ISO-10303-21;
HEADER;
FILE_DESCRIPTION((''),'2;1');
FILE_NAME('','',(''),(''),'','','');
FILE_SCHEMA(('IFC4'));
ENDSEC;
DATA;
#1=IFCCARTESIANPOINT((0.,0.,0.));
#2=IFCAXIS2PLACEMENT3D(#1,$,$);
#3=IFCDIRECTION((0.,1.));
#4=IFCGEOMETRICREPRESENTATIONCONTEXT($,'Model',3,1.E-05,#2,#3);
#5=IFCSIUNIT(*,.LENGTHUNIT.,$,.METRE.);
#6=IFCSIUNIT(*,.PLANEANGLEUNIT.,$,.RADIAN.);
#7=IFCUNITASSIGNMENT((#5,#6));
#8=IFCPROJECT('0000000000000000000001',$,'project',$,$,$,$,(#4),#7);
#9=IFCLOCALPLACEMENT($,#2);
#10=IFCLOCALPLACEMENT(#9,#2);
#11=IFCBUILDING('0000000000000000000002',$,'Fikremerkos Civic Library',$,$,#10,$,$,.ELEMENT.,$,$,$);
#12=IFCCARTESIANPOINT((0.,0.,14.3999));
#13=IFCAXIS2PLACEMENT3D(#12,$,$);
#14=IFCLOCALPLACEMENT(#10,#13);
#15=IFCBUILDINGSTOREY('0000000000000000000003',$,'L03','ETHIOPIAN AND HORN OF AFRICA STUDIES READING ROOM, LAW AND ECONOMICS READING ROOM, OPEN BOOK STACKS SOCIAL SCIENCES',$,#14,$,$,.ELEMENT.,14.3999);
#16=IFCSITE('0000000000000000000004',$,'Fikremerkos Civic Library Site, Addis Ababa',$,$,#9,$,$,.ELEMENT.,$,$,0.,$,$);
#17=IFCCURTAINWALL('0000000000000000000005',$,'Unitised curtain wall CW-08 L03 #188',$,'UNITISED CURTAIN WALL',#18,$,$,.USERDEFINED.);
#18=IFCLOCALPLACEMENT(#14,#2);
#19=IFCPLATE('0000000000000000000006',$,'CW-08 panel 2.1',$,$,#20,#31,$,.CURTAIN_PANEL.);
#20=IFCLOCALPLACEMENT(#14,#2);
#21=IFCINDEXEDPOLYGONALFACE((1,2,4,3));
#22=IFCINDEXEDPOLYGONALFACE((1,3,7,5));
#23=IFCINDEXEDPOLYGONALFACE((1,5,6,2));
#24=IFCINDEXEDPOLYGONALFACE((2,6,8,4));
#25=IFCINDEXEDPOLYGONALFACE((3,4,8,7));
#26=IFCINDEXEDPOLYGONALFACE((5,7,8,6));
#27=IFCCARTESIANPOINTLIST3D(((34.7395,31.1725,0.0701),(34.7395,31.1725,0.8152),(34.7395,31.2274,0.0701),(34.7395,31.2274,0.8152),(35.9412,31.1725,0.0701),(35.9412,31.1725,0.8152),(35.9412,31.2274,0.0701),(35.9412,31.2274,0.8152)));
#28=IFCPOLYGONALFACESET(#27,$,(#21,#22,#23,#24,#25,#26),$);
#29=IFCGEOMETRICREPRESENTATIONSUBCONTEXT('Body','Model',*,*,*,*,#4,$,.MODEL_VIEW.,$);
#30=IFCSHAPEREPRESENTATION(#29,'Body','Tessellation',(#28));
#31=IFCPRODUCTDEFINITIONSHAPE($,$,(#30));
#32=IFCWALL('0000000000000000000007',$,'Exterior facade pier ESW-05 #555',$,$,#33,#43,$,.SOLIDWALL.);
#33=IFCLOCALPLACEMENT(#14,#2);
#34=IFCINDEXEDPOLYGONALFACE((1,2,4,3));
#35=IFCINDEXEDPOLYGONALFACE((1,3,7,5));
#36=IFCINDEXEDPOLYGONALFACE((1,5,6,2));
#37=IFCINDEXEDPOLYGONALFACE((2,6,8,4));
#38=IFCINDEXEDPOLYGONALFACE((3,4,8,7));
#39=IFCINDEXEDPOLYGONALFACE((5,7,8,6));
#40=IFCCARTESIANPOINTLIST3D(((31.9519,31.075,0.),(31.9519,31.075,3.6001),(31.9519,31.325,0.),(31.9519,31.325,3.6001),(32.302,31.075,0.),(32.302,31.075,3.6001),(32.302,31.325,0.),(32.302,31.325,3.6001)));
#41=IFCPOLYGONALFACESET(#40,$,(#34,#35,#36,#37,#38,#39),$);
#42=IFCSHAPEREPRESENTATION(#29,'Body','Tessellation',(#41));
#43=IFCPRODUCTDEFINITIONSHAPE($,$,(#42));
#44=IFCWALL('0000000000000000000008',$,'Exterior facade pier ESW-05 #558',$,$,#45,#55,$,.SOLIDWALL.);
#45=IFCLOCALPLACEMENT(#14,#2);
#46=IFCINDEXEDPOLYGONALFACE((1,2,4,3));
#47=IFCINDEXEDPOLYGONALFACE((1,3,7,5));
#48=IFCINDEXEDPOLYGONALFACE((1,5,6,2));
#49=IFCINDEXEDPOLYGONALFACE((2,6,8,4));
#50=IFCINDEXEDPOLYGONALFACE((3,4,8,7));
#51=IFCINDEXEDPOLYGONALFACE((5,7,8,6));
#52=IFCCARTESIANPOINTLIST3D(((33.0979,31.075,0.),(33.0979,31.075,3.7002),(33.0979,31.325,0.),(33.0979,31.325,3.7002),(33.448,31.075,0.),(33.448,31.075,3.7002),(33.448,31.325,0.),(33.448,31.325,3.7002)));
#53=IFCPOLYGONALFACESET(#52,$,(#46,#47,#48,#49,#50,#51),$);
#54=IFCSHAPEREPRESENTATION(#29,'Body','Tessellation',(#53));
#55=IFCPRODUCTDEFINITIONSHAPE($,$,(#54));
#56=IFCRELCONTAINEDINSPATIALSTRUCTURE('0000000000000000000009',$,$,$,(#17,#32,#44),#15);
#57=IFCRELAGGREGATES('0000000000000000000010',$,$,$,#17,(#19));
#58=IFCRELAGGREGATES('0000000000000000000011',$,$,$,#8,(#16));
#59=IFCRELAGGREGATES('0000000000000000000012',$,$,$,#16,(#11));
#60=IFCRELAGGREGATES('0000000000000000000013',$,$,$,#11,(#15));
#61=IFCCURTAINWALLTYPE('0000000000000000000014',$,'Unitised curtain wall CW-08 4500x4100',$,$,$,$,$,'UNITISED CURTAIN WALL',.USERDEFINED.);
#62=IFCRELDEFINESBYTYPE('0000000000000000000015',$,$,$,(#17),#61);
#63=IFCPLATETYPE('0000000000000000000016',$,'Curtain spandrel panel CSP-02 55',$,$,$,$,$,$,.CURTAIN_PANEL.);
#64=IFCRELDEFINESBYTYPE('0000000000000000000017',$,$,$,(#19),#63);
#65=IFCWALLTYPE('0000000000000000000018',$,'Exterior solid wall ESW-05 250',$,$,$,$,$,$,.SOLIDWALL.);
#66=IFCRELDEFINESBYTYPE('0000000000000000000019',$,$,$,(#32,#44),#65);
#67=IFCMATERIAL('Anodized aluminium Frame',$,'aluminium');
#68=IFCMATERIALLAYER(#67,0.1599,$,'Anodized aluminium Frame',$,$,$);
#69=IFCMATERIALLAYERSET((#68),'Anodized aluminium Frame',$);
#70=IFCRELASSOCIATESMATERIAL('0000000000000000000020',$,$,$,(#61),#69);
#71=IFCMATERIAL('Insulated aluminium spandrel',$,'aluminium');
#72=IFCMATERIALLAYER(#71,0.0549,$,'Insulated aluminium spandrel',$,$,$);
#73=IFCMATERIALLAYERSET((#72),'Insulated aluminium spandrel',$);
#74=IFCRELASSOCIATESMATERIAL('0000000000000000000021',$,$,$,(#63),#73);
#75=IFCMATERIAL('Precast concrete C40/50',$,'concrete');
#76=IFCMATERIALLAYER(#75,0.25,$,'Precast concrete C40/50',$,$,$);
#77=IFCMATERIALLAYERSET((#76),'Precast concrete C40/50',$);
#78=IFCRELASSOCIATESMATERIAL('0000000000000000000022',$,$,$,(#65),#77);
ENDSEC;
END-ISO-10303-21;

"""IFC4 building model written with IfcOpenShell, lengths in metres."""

from ifc_helpers import new_model, si_unit, direction, frame, frame_2d, origin, origin_2d, place, context, subcontext, project, spatial, rectangle, extrude, material, layer, layer_set, type_object, element, aggregate, save


model = new_model("IFC4")

# Units and contexts
model_context = context("Model", 3, precision=1e-05, world=origin(), true_north=direction((0.0, 1.0)))
body_context = subcontext(model_context, "Body", "Model", "MODEL_VIEW")
ifc_project = project(units=[si_unit("LENGTHUNIT", "METRE"), si_unit("PLANEANGLEUNIT", "RADIAN")], contexts=[model_context])

# Site, building, storey
site_placement = place(None, origin())
site = spatial("IfcSite", under=ifc_project, at=site_placement, Name="Fikremerkos Civic Library Site, Addis Ababa", CompositionType="ELEMENT", RefElevation=0.0)
building_placement = place(site_placement, origin())
building = spatial("IfcBuilding", under=site, at=building_placement, Name="Fikremerkos Civic Library", CompositionType="ELEMENT")
storey_placement = place(building_placement, frame((0.0, 0.0, 14.3999)))
storey = spatial("IfcBuildingStorey", under=building, at=storey_placement, Name="L03", Description="ETHIOPIAN AND HORN OF AFRICA STUDIES READING ROOM, LAW AND ECONOMICS READING ROOM, OPEN BOOK STACKS SOCIAL SCIENCES", CompositionType="ELEMENT", Elevation=14.3999)

# Curtain wall
ifc_material_1 = material(Name="Anodized aluminium Frame", Category="aluminium")
ifc_layer_1 = layer(ifc_material_1, 0.1599, Name="Anodized aluminium Frame")
ifc_layer_set_1 = layer_set([ifc_layer_1], Name="Anodized aluminium Frame")
curtain_wall_type_1 = type_object("IfcCurtainWallType", Name="Unitised curtain wall CW-08 4500x4100", ElementType="UNITISED CURTAIN WALL", PredefinedType="USERDEFINED", material=ifc_layer_set_1)
curtain_wall_1_placement = place(storey_placement, origin())
curtain_wall_1 = element("IfcCurtainWall", 1, at=curtain_wall_1_placement, inside=storey, type_object=curtain_wall_type_1, Name="Unitised curtain wall CW-08 L03 #188", ObjectType="UNITISED CURTAIN WALL", PredefinedType="USERDEFINED")

# Plate
ifc_material_2 = material(Name="Insulated aluminium spandrel", Category="aluminium")
ifc_layer_2 = layer(ifc_material_2, 0.0549, Name="Insulated aluminium spandrel")
ifc_layer_set_2 = layer_set([ifc_layer_2], Name="Insulated aluminium spandrel")
plate_type_1 = type_object("IfcPlateType", Name="Curtain spandrel panel CSP-02 55", PredefinedType="CURTAIN_PANEL", material=ifc_layer_set_2)
plate_1_placement = place(storey_placement, frame((35.3403, 31.2, 0.0701), z_axis=(0.0, 0.0, 1.0), x_axis=(1.0, 0.0, 0.0)))
plate_1 = element("IfcPlate", 2, at=plate_1_placement, type_object=plate_type_1, Name="CW-08 panel 2.1", PredefinedType="CURTAIN_PANEL", context=body_context, shape_type="SweptSolid", body=[
    extrude(rectangle(XDim=1.2017, YDim=0.0549, at=origin_2d()), origin(), (0.0, 0.0, 1.0), 0.7451),
])
aggregate(curtain_wall_1, [plate_1])

# Walls
ifc_material_3 = material(Name="Precast concrete C40/50", Category="concrete")
ifc_layer_3 = layer(ifc_material_3, 0.25, Name="Precast concrete C40/50")
ifc_layer_set_3 = layer_set([ifc_layer_3], Name="Precast concrete C40/50")
wall_type = type_object("IfcWallType", Name="Exterior solid wall ESW-05 250", PredefinedType="SOLIDWALL", material=ifc_layer_set_3)
wall_1_placement = place(storey_placement, frame((31.9519, 31.2, 0.0), z_axis=(0.0, 0.0, 1.0), x_axis=(1.0, 0.0, 0.0)))
element("IfcWall", 3, at=wall_1_placement, inside=storey, type_object=wall_type, Name="Exterior facade pier ESW-05 #555", PredefinedType="SOLIDWALL", context=body_context, shape_type="SweptSolid", body=[
    extrude(rectangle(XDim=0.3501, YDim=0.25, at=frame_2d((0.175, 0.0))), origin(), (0.0, 0.0, 1.0), 3.6001),
])
wall_2_placement = place(storey_placement, frame((33.0979, 31.2, 0.0), z_axis=(0.0, 0.0, 1.0), x_axis=(1.0, 0.0, 0.0)))
element("IfcWall", 4, at=wall_2_placement, inside=storey, type_object=wall_type, Name="Exterior facade pier ESW-05 #558", PredefinedType="SOLIDWALL", context=body_context, shape_type="SweptSolid", body=[
    extrude(rectangle(XDim=0.3501, YDim=0.25, at=frame_2d((0.175, 0.0))), origin(), (0.0, 0.0, 1.0), 3.7002),
])

save(model, "model.ifc")
